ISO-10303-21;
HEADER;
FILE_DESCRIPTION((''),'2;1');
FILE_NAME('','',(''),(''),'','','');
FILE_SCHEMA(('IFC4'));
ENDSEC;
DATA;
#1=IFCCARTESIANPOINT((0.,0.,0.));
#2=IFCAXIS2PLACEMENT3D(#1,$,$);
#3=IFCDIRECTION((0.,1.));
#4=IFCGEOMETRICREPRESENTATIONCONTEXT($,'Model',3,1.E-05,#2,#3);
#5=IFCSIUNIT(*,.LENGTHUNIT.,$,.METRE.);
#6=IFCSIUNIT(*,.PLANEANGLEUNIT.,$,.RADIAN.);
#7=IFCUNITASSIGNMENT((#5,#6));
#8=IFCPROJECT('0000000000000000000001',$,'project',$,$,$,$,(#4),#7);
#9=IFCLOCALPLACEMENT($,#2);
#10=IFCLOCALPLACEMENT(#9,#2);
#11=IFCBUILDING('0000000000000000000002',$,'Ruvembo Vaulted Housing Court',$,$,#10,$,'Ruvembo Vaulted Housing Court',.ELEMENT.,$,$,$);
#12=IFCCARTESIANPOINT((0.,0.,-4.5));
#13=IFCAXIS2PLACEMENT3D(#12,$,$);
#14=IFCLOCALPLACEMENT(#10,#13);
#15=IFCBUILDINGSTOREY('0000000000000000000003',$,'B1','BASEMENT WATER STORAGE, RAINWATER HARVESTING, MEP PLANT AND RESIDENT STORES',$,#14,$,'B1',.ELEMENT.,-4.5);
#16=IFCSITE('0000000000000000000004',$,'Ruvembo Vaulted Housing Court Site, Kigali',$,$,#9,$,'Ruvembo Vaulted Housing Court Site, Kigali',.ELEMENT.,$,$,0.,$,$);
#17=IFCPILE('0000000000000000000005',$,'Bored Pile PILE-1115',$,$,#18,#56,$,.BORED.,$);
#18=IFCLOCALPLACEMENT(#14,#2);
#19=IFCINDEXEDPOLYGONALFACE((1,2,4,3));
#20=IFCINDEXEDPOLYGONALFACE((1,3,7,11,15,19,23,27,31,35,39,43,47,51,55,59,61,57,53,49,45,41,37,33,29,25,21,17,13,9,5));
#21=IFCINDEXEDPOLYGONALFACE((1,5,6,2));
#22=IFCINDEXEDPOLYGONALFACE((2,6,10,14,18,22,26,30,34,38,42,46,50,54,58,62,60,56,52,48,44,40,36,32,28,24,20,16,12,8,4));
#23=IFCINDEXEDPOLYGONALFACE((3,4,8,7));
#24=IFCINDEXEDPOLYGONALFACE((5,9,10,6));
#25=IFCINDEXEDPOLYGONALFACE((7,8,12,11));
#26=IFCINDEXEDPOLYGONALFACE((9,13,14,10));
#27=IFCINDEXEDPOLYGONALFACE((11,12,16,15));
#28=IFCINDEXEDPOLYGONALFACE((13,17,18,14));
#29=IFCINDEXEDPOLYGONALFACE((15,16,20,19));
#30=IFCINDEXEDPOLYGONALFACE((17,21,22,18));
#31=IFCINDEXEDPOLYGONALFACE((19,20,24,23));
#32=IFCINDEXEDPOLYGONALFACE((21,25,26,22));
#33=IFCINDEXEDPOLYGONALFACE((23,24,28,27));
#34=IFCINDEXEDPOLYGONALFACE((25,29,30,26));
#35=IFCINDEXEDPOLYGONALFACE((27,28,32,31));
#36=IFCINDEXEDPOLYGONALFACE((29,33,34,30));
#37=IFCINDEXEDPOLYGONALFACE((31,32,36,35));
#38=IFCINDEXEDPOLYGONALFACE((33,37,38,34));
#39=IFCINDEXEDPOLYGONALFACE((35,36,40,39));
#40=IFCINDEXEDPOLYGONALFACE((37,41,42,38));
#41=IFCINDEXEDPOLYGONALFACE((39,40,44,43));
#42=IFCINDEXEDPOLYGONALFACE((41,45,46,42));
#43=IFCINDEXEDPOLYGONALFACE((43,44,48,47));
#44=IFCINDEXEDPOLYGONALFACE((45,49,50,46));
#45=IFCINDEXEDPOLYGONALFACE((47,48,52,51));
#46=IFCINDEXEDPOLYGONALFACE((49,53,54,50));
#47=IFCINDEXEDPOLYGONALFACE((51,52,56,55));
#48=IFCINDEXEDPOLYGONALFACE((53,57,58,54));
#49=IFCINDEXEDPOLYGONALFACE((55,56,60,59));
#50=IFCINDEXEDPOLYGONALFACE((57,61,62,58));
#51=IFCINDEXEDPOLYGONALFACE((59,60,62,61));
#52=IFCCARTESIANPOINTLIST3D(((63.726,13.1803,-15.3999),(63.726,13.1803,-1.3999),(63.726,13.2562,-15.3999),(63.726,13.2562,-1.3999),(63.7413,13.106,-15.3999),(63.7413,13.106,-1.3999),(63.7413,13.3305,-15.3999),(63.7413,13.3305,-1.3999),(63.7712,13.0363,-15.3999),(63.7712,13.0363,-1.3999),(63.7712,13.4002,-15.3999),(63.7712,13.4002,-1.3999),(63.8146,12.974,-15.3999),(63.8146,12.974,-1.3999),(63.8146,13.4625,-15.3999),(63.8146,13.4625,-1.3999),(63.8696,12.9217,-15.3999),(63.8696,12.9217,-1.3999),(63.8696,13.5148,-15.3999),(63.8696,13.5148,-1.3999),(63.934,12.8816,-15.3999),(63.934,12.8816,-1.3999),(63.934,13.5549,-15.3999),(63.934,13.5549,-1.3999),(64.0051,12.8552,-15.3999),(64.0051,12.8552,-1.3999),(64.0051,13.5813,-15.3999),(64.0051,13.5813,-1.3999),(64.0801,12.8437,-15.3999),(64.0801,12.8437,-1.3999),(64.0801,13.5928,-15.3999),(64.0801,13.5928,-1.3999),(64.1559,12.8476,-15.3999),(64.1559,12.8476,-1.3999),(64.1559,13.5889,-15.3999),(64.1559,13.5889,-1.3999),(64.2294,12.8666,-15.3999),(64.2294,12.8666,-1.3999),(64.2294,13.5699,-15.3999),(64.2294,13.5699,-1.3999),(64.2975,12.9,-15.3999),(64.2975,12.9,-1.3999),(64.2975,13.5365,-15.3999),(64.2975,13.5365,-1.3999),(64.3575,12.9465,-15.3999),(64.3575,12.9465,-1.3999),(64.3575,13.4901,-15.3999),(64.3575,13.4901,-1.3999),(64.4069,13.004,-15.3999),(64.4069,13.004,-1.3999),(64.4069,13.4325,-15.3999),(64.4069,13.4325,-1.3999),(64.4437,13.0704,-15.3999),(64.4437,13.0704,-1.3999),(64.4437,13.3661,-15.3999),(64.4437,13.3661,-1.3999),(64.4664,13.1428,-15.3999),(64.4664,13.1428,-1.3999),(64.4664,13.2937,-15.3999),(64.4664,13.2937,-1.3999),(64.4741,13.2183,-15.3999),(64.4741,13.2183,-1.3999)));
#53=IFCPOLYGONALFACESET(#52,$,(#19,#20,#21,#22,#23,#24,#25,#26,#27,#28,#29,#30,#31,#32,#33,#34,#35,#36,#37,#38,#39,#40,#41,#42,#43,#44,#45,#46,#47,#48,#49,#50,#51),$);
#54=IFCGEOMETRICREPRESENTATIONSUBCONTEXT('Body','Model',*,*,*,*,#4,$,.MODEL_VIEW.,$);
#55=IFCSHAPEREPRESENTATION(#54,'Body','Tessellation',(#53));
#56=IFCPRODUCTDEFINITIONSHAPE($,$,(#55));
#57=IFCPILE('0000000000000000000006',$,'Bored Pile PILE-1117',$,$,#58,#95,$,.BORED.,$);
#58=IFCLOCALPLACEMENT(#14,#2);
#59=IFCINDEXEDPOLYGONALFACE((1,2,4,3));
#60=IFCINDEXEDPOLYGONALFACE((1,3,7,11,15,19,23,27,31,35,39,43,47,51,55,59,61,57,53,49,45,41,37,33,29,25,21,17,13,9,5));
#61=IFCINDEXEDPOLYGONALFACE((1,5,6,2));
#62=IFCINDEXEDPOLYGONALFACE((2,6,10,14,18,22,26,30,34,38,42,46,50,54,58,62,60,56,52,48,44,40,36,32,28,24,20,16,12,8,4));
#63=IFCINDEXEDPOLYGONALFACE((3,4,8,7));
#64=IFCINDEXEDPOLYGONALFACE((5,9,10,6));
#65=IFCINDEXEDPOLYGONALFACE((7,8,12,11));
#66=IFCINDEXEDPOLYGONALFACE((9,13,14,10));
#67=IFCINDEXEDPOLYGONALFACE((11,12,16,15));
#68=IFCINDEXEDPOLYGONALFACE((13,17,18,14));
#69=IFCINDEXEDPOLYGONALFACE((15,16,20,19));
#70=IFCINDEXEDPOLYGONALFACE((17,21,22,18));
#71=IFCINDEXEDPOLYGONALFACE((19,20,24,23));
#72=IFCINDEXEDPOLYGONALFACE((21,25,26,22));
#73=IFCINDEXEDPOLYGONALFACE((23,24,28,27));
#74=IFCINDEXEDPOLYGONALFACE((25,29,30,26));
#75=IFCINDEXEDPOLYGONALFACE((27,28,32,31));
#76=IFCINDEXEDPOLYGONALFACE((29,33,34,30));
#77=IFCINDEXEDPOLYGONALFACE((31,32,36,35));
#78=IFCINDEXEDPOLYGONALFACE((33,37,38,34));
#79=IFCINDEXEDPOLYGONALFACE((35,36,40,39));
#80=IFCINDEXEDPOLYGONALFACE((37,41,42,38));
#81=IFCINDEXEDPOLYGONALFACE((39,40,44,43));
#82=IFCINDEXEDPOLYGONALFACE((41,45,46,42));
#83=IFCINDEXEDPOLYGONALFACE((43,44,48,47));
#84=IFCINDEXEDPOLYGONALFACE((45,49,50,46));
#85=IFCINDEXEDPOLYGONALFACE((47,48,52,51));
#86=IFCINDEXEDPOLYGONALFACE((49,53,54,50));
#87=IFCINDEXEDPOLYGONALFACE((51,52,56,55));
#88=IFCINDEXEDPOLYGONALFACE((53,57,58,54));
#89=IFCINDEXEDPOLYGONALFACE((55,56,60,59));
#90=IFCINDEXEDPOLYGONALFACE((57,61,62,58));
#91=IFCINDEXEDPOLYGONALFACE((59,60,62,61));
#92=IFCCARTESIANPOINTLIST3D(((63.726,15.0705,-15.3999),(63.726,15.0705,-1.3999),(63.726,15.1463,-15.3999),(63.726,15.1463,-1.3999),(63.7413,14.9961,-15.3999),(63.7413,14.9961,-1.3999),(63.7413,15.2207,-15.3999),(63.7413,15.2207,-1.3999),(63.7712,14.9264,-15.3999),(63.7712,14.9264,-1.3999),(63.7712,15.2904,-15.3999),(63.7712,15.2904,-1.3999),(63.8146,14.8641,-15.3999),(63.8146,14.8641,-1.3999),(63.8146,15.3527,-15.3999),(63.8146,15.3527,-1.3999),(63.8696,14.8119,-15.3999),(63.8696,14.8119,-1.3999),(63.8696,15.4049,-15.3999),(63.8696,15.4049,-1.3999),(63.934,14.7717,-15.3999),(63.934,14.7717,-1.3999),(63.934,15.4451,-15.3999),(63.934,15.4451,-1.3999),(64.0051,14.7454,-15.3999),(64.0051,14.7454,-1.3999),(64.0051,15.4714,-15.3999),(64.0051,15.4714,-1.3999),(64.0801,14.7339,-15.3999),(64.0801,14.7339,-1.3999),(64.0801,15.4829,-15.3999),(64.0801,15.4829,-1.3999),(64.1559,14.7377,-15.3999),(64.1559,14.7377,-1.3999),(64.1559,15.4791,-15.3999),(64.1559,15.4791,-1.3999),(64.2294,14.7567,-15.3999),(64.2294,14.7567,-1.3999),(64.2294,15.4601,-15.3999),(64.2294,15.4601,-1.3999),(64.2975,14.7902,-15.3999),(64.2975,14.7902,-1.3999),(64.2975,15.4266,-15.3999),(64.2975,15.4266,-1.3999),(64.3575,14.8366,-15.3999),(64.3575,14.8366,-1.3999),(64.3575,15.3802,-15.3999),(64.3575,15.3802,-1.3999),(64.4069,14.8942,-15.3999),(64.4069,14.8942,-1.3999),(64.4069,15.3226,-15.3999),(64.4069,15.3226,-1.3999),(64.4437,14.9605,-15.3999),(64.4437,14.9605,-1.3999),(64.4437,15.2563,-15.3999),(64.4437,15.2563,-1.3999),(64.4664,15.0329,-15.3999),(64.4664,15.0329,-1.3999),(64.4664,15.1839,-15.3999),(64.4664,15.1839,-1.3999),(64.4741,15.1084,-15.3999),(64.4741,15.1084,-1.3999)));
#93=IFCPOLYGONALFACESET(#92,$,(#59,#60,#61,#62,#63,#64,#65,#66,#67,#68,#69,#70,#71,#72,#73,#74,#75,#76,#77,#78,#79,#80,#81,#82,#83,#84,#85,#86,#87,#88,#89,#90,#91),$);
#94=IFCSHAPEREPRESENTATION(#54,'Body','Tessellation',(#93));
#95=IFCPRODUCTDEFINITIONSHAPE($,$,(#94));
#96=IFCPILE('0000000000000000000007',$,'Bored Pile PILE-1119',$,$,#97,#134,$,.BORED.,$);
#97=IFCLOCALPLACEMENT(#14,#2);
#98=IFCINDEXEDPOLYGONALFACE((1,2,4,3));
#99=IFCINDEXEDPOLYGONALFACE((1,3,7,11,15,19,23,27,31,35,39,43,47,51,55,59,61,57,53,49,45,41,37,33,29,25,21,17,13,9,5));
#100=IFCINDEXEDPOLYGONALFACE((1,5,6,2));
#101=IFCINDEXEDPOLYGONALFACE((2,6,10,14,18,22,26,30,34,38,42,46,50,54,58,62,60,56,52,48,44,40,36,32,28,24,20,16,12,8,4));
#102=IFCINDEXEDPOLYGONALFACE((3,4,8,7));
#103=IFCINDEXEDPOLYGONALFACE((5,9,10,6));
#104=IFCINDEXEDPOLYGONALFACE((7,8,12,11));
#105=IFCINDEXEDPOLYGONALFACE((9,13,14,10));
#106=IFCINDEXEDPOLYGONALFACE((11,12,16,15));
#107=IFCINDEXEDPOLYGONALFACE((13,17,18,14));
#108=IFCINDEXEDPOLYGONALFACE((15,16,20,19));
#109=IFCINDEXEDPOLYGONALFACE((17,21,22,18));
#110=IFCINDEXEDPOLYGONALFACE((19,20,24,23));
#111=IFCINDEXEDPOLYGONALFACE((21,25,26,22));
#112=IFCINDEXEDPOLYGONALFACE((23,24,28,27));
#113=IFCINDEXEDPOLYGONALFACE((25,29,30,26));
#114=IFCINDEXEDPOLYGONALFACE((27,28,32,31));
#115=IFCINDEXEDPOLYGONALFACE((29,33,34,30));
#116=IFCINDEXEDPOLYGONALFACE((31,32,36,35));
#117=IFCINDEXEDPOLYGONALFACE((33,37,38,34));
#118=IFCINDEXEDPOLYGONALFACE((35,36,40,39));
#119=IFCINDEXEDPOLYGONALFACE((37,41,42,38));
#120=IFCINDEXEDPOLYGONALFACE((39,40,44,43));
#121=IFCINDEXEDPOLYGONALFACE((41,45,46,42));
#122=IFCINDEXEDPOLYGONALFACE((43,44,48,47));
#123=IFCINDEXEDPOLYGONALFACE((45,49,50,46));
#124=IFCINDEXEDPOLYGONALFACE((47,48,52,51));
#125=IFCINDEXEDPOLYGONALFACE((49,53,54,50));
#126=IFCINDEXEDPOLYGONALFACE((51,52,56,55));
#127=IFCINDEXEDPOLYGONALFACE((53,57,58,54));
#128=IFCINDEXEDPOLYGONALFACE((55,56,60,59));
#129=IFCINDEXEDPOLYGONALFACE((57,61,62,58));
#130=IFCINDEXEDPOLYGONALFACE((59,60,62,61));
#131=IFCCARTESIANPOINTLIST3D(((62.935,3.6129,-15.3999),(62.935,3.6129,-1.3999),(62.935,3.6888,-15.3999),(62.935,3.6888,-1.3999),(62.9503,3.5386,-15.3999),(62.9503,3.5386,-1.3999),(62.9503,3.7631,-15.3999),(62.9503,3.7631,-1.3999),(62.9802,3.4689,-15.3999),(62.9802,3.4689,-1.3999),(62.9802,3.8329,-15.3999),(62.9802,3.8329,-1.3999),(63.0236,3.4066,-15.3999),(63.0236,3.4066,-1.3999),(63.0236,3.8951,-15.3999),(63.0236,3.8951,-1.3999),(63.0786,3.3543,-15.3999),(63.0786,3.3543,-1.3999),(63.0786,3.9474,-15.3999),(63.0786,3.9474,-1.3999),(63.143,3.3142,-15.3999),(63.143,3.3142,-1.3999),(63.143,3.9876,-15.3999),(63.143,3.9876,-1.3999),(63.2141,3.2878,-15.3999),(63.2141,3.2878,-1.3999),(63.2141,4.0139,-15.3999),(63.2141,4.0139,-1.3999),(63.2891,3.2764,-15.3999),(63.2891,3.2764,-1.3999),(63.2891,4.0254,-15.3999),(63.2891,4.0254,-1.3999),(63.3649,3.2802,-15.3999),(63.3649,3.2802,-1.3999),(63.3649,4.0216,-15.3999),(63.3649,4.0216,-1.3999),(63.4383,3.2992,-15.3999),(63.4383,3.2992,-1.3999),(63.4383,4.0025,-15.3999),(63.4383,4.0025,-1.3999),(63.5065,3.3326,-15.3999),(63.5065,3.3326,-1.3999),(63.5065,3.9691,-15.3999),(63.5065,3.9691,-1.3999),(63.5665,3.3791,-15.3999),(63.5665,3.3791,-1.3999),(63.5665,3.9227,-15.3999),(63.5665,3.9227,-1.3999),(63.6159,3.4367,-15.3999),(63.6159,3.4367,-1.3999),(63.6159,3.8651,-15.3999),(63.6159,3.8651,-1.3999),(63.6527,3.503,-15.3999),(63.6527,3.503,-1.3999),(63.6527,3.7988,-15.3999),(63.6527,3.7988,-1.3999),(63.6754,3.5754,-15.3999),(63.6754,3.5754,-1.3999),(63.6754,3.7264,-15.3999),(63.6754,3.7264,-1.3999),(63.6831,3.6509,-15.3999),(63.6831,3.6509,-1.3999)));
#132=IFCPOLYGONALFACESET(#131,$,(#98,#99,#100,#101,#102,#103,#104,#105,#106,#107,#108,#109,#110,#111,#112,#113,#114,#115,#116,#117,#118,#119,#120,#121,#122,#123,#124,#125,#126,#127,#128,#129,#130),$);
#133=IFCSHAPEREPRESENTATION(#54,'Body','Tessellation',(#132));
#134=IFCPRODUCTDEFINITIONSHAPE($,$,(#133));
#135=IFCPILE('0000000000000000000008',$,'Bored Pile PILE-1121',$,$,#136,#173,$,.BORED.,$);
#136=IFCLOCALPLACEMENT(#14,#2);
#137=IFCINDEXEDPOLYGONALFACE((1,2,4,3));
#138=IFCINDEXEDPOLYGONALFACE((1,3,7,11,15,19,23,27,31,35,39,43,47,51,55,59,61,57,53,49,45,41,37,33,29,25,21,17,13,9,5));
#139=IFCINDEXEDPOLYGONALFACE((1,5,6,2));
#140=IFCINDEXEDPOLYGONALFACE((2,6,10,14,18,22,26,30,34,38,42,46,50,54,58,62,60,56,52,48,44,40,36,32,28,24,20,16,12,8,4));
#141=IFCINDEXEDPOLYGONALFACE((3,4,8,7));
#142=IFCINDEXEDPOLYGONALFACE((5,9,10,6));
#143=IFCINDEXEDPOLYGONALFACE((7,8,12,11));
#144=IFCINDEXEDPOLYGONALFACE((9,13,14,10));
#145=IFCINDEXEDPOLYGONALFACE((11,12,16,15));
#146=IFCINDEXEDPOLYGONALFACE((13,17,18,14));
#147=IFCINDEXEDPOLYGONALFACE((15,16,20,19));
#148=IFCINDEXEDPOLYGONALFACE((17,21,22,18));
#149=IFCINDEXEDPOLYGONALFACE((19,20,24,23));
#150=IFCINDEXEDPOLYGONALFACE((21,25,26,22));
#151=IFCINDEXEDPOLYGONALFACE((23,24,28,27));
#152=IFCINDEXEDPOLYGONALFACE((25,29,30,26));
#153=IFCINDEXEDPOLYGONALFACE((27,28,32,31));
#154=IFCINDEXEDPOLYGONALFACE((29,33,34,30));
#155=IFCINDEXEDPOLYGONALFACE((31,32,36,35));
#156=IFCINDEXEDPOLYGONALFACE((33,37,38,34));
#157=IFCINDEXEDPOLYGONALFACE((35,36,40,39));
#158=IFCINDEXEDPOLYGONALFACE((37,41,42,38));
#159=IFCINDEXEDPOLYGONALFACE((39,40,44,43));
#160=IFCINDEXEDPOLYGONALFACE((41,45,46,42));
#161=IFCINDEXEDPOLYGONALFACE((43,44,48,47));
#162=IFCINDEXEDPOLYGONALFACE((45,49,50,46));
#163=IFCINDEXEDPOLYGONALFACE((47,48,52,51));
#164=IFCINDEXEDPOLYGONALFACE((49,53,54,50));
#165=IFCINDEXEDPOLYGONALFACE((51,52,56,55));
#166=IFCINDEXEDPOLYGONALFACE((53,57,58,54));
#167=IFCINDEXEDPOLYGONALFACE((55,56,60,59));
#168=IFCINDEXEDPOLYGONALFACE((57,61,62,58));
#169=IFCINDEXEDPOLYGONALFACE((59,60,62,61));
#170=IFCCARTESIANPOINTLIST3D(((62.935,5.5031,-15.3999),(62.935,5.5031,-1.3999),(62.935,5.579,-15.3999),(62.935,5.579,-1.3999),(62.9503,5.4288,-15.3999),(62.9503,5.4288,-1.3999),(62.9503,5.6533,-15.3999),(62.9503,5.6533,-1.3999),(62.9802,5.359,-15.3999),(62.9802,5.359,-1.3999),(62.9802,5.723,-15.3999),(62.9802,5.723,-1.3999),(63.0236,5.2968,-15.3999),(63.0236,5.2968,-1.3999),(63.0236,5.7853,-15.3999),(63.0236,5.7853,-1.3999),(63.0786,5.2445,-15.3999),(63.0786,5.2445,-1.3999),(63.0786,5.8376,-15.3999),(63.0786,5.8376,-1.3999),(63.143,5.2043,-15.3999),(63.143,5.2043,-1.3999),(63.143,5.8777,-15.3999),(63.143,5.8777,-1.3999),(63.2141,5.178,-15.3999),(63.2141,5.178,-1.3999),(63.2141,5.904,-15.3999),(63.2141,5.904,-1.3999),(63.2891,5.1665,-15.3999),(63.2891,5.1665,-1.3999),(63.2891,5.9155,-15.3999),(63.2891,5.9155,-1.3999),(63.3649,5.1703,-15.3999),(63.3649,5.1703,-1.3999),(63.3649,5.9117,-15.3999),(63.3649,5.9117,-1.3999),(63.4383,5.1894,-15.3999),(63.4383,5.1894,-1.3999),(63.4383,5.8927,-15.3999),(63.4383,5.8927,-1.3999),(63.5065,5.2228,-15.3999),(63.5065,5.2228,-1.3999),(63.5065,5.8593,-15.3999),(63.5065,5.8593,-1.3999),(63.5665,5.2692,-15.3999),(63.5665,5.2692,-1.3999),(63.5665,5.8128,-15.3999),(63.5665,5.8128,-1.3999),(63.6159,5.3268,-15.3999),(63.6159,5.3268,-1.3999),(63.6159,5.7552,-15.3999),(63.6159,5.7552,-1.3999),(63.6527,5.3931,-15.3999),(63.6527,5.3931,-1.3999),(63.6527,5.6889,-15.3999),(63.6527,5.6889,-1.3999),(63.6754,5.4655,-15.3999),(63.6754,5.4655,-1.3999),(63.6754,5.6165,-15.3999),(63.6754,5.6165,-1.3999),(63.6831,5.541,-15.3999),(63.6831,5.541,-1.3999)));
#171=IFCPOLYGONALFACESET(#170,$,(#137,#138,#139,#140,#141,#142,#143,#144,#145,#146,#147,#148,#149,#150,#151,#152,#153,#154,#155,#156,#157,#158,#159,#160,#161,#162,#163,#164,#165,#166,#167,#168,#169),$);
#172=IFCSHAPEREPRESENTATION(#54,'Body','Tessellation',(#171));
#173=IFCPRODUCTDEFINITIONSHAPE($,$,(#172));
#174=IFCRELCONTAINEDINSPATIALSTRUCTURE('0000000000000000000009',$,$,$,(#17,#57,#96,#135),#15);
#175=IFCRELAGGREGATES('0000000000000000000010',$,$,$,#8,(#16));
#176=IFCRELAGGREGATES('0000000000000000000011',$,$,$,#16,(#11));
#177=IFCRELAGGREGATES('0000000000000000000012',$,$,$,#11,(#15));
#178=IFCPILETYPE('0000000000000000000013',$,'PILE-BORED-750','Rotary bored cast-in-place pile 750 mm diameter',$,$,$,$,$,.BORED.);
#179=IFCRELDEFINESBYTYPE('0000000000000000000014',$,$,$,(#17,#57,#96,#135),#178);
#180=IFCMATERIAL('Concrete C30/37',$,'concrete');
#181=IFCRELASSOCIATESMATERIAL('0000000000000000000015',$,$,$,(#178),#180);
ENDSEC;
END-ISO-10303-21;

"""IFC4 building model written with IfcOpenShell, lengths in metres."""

from ifc_helpers import new_model, si_unit, direction, frame, origin, origin_2d, place, context, subcontext, project, spatial, circle, extrude, material, material_profile, profile_set, type_object, element, save


model = new_model("IFC4")

# Units and contexts
model_context = context("Model", 3, precision=1e-05, world=origin(), true_north=direction((0.0, 1.0)))
body_context = subcontext(model_context, "Body", "Model", "MODEL_VIEW")
ifc_project = project(units=[si_unit("LENGTHUNIT", "METRE"), si_unit("PLANEANGLEUNIT", "RADIAN")], contexts=[model_context])

# Site, building, storey
site_placement = place(None, origin())
site = spatial("IfcSite", under=ifc_project, at=site_placement, Name="Ruvembo Vaulted Housing Court Site, Kigali", LongName="Ruvembo Vaulted Housing Court Site, Kigali", CompositionType="ELEMENT", RefElevation=0.0)
building_placement = place(site_placement, origin())
building = spatial("IfcBuilding", under=site, at=building_placement, Name="Ruvembo Vaulted Housing Court", LongName="Ruvembo Vaulted Housing Court", CompositionType="ELEMENT")
storey_placement = place(building_placement, frame((0.0, 0.0, -4.5)))
storey = spatial("IfcBuildingStorey", under=building, at=storey_placement, Name="B1", Description="BASEMENT WATER STORAGE, RAINWATER HARVESTING, MEP PLANT AND RESIDENT STORES", LongName="B1", CompositionType="ELEMENT", Elevation=-4.5)

# Piles
ifc_material_1 = material(Name="Concrete C30/37", Category="concrete")
ifc_material_profile_1 = material_profile(ifc_material_1, circle(Radius=0.375, at=origin_2d()), Name="PILE D750")
ifc_profile_set_1 = profile_set([ifc_material_profile_1], Name="Concrete C30/37")
pile_type = type_object("IfcPileType", Name="PILE-BORED-750", Description="Rotary bored cast-in-place pile 750 mm diameter", PredefinedType="BORED", material=ifc_profile_set_1)
for number, where, z_axis, x_axis, name in (
    (1, (64.0991, 13.2183, -1.3999), (0.0, 0.0, -1.0), (1.0, 0.0, 0.0), "Bored Pile PILE-1115"),
    (2, (64.0991, 15.1084, -1.3999), (0.0, 0.0, -1.0), (1.0, 0.0, 0.0), "Bored Pile PILE-1117"),
    (3, (63.3081, 3.6509, -1.3999), (0.0, 0.0, -1.0), (1.0, 0.0, 0.0), "Bored Pile PILE-1119"),
    (4, (63.3081, 5.541, -1.3999), (0.0, 0.0, -1.0), (1.0, 0.0, 0.0), "Bored Pile PILE-1121"),
):
    element("IfcPile", number, at=place(storey_placement, frame(where, z_axis=z_axis, x_axis=x_axis)), inside=storey, type_object=pile_type, Name=name, PredefinedType="BORED", context=body_context, shape_type="SweptSolid", body=[
        extrude(circle(Radius=0.375, at=origin_2d()), origin(), (0.0, 0.0, 1.0), 14.0),
    ])

save(model, "model.ifc")
